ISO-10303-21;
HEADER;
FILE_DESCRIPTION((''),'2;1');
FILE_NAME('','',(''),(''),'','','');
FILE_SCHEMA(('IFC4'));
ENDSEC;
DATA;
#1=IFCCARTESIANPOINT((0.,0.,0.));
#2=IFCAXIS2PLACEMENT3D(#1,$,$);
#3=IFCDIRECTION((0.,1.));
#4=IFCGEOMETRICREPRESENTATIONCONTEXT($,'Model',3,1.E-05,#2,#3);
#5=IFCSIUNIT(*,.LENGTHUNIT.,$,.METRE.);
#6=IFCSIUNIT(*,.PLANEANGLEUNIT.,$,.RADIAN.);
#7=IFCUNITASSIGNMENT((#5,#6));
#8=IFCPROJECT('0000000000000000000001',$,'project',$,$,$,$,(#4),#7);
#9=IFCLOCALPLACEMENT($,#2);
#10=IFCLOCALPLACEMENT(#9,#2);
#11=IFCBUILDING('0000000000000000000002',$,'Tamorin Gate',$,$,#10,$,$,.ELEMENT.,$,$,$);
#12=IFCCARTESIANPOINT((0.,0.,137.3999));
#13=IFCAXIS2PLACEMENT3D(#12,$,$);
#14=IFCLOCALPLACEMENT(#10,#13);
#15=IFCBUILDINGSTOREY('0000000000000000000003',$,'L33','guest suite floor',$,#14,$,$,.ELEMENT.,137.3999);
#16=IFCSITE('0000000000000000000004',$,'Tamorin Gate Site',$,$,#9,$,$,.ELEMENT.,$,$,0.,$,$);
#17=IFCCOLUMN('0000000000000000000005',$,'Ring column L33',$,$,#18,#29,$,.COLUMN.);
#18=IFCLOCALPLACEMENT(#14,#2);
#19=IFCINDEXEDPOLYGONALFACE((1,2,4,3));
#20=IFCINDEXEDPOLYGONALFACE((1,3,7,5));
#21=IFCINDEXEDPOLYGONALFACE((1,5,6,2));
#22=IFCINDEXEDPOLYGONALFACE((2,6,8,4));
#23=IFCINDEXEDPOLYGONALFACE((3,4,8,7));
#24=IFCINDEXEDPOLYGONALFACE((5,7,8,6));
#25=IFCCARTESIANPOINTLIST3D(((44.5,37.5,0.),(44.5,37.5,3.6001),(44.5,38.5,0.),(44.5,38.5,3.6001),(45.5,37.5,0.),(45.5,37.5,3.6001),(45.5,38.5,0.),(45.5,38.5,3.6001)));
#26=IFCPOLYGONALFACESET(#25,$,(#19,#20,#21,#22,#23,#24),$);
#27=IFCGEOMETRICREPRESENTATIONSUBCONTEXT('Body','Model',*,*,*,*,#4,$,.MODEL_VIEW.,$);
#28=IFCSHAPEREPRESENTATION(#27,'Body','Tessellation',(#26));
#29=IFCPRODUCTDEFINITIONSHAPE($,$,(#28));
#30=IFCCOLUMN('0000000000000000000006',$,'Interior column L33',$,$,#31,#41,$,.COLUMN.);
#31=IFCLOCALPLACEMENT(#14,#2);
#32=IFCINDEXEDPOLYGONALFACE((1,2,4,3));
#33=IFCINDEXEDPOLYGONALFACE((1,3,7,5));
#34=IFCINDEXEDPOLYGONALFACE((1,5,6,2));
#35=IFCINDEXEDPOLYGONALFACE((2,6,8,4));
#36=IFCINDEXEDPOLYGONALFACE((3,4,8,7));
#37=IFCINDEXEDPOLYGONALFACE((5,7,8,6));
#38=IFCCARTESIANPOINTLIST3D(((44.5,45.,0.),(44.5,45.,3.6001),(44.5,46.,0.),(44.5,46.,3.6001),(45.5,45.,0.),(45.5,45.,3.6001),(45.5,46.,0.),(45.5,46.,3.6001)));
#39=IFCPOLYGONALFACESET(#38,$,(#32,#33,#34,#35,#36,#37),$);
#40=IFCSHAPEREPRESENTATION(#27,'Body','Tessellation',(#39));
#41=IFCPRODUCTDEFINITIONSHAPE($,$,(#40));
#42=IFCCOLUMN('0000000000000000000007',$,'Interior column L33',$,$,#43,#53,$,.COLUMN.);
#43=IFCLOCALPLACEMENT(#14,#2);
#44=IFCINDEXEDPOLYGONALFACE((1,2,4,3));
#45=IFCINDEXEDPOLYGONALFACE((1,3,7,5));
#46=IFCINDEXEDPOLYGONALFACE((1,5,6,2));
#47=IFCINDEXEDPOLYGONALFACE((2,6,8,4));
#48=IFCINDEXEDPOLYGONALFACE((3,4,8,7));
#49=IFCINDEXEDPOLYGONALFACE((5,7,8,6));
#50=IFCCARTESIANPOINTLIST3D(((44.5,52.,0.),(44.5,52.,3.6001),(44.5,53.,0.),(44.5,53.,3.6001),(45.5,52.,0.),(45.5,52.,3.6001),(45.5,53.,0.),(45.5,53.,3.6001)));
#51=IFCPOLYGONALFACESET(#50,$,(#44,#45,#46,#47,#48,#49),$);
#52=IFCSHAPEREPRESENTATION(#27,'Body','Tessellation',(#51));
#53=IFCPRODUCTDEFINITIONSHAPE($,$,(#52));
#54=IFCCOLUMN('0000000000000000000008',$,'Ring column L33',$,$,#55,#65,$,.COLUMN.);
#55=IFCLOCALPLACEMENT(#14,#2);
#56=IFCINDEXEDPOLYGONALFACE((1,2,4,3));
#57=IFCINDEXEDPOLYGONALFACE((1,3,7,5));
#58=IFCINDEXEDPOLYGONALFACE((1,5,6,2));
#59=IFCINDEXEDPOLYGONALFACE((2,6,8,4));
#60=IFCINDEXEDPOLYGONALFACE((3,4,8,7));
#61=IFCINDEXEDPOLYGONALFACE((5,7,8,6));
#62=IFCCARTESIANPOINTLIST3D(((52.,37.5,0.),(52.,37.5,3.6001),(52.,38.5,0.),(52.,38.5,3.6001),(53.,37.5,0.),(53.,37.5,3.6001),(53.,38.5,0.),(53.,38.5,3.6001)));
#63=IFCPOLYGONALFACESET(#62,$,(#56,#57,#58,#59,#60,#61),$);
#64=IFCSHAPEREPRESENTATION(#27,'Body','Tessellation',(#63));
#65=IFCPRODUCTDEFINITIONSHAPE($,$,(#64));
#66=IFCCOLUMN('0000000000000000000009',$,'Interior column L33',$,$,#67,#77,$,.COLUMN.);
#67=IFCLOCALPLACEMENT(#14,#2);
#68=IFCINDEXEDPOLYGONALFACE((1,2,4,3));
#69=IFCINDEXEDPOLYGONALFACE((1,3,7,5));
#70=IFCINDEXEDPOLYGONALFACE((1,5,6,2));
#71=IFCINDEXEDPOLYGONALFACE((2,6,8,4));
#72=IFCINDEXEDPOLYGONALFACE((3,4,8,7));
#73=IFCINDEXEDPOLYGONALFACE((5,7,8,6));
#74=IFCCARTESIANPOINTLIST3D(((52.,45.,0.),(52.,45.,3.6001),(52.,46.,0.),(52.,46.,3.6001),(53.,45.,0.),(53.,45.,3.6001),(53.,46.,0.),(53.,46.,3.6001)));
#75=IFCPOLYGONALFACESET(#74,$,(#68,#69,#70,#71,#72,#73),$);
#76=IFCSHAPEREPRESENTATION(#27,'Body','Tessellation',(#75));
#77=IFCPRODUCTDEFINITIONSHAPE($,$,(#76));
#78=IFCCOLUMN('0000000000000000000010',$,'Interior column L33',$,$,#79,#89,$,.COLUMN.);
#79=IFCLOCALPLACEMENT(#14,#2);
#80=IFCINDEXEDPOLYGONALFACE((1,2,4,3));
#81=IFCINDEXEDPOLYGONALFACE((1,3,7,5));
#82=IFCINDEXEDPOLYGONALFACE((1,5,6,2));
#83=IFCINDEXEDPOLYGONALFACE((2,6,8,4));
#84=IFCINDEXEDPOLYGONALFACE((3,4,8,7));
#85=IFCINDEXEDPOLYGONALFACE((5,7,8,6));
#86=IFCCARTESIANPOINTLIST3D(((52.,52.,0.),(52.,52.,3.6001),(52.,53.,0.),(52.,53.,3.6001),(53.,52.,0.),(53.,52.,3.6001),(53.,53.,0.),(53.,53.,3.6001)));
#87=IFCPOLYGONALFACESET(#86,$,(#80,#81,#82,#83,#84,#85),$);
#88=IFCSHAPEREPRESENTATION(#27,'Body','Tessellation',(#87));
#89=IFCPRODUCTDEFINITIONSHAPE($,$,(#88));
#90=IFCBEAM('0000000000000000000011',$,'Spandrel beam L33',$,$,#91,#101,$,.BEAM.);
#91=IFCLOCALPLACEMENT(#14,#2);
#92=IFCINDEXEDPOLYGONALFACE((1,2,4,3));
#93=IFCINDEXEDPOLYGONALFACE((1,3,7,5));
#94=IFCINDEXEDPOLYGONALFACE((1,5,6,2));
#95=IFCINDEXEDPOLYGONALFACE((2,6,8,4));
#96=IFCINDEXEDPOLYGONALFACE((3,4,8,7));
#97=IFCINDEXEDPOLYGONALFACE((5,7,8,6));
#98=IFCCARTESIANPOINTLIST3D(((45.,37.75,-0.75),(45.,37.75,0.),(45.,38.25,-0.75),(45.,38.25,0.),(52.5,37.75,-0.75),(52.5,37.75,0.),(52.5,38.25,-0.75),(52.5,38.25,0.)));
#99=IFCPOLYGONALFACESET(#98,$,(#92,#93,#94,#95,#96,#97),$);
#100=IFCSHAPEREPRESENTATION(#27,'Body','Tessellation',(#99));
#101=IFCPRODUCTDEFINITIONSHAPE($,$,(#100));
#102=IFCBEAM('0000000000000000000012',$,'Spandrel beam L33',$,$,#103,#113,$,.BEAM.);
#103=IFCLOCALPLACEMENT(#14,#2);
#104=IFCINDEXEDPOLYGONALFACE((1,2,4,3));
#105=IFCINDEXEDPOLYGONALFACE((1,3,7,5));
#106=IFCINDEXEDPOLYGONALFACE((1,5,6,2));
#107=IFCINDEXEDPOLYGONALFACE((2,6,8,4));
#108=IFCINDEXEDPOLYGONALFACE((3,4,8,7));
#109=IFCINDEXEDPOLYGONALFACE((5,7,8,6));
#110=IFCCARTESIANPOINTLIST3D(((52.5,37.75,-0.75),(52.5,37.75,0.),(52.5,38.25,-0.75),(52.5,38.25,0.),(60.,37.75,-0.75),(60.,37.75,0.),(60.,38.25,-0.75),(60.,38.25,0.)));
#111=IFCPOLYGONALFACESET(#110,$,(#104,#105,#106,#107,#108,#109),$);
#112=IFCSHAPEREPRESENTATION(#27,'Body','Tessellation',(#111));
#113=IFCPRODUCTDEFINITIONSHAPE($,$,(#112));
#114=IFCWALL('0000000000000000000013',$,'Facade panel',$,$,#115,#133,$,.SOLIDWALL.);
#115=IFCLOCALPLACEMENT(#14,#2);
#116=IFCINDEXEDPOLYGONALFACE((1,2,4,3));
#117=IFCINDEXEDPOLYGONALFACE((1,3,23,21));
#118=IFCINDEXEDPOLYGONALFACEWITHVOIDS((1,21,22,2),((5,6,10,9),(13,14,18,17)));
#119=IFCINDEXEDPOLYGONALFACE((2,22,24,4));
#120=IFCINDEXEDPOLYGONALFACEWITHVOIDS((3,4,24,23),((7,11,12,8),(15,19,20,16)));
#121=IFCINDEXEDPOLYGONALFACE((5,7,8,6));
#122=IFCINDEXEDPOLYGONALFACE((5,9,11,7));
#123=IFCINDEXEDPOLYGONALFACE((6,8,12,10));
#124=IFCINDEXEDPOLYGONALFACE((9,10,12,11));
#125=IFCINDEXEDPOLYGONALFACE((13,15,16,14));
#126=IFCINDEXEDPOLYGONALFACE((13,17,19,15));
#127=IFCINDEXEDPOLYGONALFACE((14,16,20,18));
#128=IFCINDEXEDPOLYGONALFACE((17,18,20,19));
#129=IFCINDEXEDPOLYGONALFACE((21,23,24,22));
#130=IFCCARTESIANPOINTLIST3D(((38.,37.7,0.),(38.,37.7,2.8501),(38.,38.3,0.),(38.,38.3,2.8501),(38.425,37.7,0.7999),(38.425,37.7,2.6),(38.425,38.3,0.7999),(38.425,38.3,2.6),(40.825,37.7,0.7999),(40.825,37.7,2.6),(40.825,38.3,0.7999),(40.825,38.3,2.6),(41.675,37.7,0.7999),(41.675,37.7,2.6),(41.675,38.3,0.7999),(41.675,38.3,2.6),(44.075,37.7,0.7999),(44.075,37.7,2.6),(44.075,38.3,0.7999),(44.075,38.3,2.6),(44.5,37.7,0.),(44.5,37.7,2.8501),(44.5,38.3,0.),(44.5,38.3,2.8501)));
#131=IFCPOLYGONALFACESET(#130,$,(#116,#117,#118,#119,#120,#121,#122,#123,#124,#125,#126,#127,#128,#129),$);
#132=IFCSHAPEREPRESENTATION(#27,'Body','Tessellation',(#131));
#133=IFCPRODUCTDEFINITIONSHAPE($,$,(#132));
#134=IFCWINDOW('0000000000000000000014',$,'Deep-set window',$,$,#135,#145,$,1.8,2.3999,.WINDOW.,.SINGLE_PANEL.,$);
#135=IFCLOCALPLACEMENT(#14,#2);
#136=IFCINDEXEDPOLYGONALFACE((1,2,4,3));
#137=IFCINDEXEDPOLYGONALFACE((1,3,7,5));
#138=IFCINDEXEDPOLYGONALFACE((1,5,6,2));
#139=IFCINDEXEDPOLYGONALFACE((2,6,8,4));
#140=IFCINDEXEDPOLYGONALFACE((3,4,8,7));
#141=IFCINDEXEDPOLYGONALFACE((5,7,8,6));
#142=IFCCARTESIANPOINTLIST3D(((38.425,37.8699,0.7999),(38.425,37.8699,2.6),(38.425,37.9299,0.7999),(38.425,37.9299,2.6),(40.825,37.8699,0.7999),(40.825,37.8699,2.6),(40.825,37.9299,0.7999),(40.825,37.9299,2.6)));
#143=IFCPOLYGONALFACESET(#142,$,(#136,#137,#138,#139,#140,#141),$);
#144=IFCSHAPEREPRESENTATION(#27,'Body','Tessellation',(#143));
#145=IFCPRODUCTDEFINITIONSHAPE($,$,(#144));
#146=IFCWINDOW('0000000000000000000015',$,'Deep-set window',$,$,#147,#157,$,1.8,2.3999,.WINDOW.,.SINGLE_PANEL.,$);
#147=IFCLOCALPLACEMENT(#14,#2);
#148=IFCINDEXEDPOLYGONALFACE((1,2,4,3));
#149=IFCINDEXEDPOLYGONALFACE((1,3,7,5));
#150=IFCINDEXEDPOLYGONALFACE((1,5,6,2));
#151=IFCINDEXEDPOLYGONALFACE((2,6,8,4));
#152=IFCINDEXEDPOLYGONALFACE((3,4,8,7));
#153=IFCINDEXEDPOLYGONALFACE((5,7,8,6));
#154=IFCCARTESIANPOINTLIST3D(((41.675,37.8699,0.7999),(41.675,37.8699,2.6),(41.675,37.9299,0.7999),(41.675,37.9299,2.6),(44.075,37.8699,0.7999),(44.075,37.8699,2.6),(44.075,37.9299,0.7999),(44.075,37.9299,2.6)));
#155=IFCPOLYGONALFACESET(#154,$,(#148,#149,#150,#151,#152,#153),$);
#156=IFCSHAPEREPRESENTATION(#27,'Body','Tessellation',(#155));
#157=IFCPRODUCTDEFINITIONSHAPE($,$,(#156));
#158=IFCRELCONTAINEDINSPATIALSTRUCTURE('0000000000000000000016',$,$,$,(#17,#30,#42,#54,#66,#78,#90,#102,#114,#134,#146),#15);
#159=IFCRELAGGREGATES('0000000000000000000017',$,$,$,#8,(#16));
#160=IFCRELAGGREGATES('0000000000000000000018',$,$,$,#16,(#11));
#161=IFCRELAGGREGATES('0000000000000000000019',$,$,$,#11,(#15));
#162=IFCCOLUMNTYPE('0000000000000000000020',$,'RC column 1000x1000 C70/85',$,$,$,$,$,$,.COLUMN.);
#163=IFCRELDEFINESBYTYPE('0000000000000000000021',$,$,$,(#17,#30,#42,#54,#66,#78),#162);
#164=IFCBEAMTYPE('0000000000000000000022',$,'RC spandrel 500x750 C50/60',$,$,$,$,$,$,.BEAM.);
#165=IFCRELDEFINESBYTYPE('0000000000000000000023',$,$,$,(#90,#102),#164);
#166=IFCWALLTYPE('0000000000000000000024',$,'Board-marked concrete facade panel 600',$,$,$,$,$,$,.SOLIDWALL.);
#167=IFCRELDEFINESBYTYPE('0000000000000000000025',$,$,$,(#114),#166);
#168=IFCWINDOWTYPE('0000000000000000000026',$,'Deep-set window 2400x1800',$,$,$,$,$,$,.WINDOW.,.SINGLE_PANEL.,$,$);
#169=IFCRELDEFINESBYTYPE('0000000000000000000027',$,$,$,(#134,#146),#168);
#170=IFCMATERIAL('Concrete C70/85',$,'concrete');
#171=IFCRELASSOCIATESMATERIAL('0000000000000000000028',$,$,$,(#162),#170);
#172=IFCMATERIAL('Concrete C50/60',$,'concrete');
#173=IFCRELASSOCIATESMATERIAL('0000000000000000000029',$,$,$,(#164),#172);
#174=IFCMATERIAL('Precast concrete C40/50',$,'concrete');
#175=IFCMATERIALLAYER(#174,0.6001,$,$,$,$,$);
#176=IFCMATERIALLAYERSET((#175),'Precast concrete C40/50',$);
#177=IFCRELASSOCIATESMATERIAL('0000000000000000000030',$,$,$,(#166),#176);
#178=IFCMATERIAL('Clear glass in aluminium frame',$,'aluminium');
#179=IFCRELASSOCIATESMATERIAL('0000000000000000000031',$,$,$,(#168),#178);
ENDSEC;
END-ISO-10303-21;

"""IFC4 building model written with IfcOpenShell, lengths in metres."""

from ifc_helpers import new_model, si_unit, direction, frame, frame_2d, origin, origin_2d, place, context, subcontext, project, spatial, rectangle, extrude, material, layer, layer_set, material_profile, profile_set, type_object, element, fill, save


model = new_model("IFC4")

# Units and contexts
model_context = context("Model", 3, precision=1e-05, world=origin(), true_north=direction((0.0, 1.0)))
body_context = subcontext(model_context, "Body", "Model", "MODEL_VIEW")
ifc_project = project(units=[si_unit("LENGTHUNIT", "METRE"), si_unit("PLANEANGLEUNIT", "RADIAN")], contexts=[model_context])

# Site, building, storey
site_placement = place(None, origin())
site = spatial("IfcSite", under=ifc_project, at=site_placement, Name="Tamorin Gate Site", CompositionType="ELEMENT", RefElevation=0.0)
building_placement = place(site_placement, origin())
building = spatial("IfcBuilding", under=site, at=building_placement, Name="Tamorin Gate", CompositionType="ELEMENT")
storey_placement = place(building_placement, frame((0.0, 0.0, 137.3999)))
storey = spatial("IfcBuildingStorey", under=building, at=storey_placement, Name="L33", Description="guest suite floor", CompositionType="ELEMENT", Elevation=137.3999)

# Columns
ifc_material_1 = material(Name="Concrete C70/85", Category="concrete")
ifc_material_profile_1 = material_profile(ifc_material_1, rectangle(XDim=1.0, YDim=1.0, at=origin_2d()), Name="RC 1000x1000")
ifc_profile_set_1 = profile_set([ifc_material_profile_1], Name="Concrete C70/85")
column_type = type_object("IfcColumnType", Name="RC column 1000x1000 C70/85", PredefinedType="COLUMN", material=ifc_profile_set_1)
for number, where, z_axis, x_axis, name in (
    (1, (45.0, 38.0, 0.0), (0.0, 0.0, 1.0), (1.0, 0.0, 0.0), "Ring column L33"),
    (2, (45.0, 45.5, 0.0), (0.0, 0.0, 1.0), (1.0, 0.0, 0.0), "Interior column L33"),
    (3, (45.0, 52.5, 0.0), (0.0, 0.0, 1.0), (1.0, 0.0, 0.0), "Interior column L33"),
    (4, (52.5, 38.0, 0.0), (0.0, 0.0, 1.0), (1.0, 0.0, 0.0), "Ring column L33"),
    (5, (52.5, 45.5, 0.0), (0.0, 0.0, 1.0), (1.0, 0.0, 0.0), "Interior column L33"),
    (6, (52.5, 52.5, 0.0), (0.0, 0.0, 1.0), (1.0, 0.0, 0.0), "Interior column L33"),
):
    element("IfcColumn", number, at=place(storey_placement, frame(where, z_axis=z_axis, x_axis=x_axis)), inside=storey, type_object=column_type, Name=name, PredefinedType="COLUMN", context=body_context, shape_type="SweptSolid", body=[
        extrude(rectangle(XDim=1.0, YDim=1.0, at=origin_2d()), origin(), (0.0, 0.0, 1.0), 3.6001),
    ])

# Beams
ifc_material_2 = material(Name="Concrete C50/60", Category="concrete")
ifc_material_profile_2 = material_profile(ifc_material_2, rectangle(XDim=0.5, YDim=0.75, at=origin_2d()), Name="RC 500x750")
ifc_profile_set_2 = profile_set([ifc_material_profile_2], Name="Concrete C50/60")
beam_type = type_object("IfcBeamType", Name="RC spandrel 500x750 C50/60", PredefinedType="BEAM", material=ifc_profile_set_2)
for number, where, z_axis, x_axis, name in (
    (7, (45.0, 38.0, -0.375), (1.0, 0.0, 0.0), (0.0, 1.0, 0.0), "Spandrel beam L33"),
    (8, (52.5, 38.0, -0.375), (1.0, 0.0, 0.0), (0.0, 1.0, 0.0), "Spandrel beam L33"),
):
    element("IfcBeam", number, at=place(storey_placement, frame(where, z_axis=z_axis, x_axis=x_axis)), inside=storey, type_object=beam_type, Name=name, PredefinedType="BEAM", context=body_context, shape_type="SweptSolid", body=[
        extrude(rectangle(XDim=0.5, YDim=0.75, at=origin_2d()), origin(), (0.0, 0.0, 1.0), 7.5),
    ])

# Wall, openings, windows
ifc_material_3 = material(Name="Precast concrete C40/50", Category="concrete")
ifc_layer_1 = layer(ifc_material_3, 0.6001)
ifc_layer_set_1 = layer_set([ifc_layer_1], Name="Precast concrete C40/50")
wall_type_1 = type_object("IfcWallType", Name="Board-marked concrete facade panel 600", PredefinedType="SOLIDWALL", material=ifc_layer_set_1)
wall_1_placement = place(storey_placement, frame((38.0, 38.0, 0.0), z_axis=(0.0, 0.0, 1.0), x_axis=(1.0, 0.0, 0.0)))
wall_1 = element("IfcWall", 9, at=wall_1_placement, inside=storey, type_object=wall_type_1, Name="Facade panel", PredefinedType="SOLIDWALL", context=body_context, shape_type="SweptSolid", body=[
    extrude(rectangle(XDim=6.5, YDim=0.6001, at=frame_2d((3.25, 0.0))), origin(), (0.0, 0.0, 1.0), 2.8501),
])
opening_1_placement = place(wall_1_placement, frame((0.425, 0.0, 0.8)))
opening_1 = element("IfcOpeningElement", 10, at=opening_1_placement, cuts=wall_1, PredefinedType="OPENING", context=body_context, shape_type="SweptSolid", body=[
    extrude(rectangle(XDim=2.3999, YDim=1.8, at=frame_2d((1.2, 0.8999))), frame((0.0, 0.3101, 0.0), z_axis=(0.0, -1.0, 0.0), x_axis=(1.0, 0.0, 0.0)), (0.0, 0.0, 1.0), 0.6201),
])
opening_2_placement = place(wall_1_placement, frame((3.675, 0.0, 0.8)))
opening_2 = element("IfcOpeningElement", 11, at=opening_2_placement, cuts=wall_1, PredefinedType="OPENING", context=body_context, shape_type="SweptSolid", body=[
    extrude(rectangle(XDim=2.3999, YDim=1.8, at=frame_2d((1.2, 0.8999))), frame((0.0, 0.3101, 0.0), z_axis=(0.0, -1.0, 0.0), x_axis=(1.0, 0.0, 0.0)), (0.0, 0.0, 1.0), 0.6201),
])
ifc_material_4 = material(Name="Clear glass in aluminium frame", Category="aluminium")
window_type = type_object("IfcWindowType", Name="Deep-set window 2400x1800", PartitioningType="SINGLE_PANEL", PredefinedType="WINDOW", material=ifc_material_4)
window_1_placement = place(opening_1_placement, origin())
window_1 = element("IfcWindow", 12, at=window_1_placement, inside=storey, type_object=window_type, Name="Deep-set window", OverallHeight=1.8, OverallWidth=2.3999, PartitioningType="SINGLE_PANEL", PredefinedType="WINDOW", context=body_context, shape_type="SweptSolid", body=[
    extrude(rectangle(XDim=2.3999, YDim=1.8, at=frame_2d((1.2, 0.8999))), frame((0.0, -0.0701, 0.0), z_axis=(0.0, -1.0, 0.0), x_axis=(1.0, 0.0, 0.0)), (0.0, 0.0, 1.0), 0.0601),
])
fill(opening_1, window_1)
window_2_placement = place(opening_2_placement, origin())
window_2 = element("IfcWindow", 13, at=window_2_placement, inside=storey, type_object=window_type, Name="Deep-set window", OverallHeight=1.8, OverallWidth=2.3999, PartitioningType="SINGLE_PANEL", PredefinedType="WINDOW", context=body_context, shape_type="SweptSolid", body=[
    extrude(rectangle(XDim=2.3999, YDim=1.8, at=frame_2d((1.2, 0.8999))), frame((0.0, -0.0701, 0.0), z_axis=(0.0, -1.0, 0.0), x_axis=(1.0, 0.0, 0.0)), (0.0, 0.0, 1.0), 0.0601),
])
fill(opening_2, window_2)

save(model, "model.ifc")
